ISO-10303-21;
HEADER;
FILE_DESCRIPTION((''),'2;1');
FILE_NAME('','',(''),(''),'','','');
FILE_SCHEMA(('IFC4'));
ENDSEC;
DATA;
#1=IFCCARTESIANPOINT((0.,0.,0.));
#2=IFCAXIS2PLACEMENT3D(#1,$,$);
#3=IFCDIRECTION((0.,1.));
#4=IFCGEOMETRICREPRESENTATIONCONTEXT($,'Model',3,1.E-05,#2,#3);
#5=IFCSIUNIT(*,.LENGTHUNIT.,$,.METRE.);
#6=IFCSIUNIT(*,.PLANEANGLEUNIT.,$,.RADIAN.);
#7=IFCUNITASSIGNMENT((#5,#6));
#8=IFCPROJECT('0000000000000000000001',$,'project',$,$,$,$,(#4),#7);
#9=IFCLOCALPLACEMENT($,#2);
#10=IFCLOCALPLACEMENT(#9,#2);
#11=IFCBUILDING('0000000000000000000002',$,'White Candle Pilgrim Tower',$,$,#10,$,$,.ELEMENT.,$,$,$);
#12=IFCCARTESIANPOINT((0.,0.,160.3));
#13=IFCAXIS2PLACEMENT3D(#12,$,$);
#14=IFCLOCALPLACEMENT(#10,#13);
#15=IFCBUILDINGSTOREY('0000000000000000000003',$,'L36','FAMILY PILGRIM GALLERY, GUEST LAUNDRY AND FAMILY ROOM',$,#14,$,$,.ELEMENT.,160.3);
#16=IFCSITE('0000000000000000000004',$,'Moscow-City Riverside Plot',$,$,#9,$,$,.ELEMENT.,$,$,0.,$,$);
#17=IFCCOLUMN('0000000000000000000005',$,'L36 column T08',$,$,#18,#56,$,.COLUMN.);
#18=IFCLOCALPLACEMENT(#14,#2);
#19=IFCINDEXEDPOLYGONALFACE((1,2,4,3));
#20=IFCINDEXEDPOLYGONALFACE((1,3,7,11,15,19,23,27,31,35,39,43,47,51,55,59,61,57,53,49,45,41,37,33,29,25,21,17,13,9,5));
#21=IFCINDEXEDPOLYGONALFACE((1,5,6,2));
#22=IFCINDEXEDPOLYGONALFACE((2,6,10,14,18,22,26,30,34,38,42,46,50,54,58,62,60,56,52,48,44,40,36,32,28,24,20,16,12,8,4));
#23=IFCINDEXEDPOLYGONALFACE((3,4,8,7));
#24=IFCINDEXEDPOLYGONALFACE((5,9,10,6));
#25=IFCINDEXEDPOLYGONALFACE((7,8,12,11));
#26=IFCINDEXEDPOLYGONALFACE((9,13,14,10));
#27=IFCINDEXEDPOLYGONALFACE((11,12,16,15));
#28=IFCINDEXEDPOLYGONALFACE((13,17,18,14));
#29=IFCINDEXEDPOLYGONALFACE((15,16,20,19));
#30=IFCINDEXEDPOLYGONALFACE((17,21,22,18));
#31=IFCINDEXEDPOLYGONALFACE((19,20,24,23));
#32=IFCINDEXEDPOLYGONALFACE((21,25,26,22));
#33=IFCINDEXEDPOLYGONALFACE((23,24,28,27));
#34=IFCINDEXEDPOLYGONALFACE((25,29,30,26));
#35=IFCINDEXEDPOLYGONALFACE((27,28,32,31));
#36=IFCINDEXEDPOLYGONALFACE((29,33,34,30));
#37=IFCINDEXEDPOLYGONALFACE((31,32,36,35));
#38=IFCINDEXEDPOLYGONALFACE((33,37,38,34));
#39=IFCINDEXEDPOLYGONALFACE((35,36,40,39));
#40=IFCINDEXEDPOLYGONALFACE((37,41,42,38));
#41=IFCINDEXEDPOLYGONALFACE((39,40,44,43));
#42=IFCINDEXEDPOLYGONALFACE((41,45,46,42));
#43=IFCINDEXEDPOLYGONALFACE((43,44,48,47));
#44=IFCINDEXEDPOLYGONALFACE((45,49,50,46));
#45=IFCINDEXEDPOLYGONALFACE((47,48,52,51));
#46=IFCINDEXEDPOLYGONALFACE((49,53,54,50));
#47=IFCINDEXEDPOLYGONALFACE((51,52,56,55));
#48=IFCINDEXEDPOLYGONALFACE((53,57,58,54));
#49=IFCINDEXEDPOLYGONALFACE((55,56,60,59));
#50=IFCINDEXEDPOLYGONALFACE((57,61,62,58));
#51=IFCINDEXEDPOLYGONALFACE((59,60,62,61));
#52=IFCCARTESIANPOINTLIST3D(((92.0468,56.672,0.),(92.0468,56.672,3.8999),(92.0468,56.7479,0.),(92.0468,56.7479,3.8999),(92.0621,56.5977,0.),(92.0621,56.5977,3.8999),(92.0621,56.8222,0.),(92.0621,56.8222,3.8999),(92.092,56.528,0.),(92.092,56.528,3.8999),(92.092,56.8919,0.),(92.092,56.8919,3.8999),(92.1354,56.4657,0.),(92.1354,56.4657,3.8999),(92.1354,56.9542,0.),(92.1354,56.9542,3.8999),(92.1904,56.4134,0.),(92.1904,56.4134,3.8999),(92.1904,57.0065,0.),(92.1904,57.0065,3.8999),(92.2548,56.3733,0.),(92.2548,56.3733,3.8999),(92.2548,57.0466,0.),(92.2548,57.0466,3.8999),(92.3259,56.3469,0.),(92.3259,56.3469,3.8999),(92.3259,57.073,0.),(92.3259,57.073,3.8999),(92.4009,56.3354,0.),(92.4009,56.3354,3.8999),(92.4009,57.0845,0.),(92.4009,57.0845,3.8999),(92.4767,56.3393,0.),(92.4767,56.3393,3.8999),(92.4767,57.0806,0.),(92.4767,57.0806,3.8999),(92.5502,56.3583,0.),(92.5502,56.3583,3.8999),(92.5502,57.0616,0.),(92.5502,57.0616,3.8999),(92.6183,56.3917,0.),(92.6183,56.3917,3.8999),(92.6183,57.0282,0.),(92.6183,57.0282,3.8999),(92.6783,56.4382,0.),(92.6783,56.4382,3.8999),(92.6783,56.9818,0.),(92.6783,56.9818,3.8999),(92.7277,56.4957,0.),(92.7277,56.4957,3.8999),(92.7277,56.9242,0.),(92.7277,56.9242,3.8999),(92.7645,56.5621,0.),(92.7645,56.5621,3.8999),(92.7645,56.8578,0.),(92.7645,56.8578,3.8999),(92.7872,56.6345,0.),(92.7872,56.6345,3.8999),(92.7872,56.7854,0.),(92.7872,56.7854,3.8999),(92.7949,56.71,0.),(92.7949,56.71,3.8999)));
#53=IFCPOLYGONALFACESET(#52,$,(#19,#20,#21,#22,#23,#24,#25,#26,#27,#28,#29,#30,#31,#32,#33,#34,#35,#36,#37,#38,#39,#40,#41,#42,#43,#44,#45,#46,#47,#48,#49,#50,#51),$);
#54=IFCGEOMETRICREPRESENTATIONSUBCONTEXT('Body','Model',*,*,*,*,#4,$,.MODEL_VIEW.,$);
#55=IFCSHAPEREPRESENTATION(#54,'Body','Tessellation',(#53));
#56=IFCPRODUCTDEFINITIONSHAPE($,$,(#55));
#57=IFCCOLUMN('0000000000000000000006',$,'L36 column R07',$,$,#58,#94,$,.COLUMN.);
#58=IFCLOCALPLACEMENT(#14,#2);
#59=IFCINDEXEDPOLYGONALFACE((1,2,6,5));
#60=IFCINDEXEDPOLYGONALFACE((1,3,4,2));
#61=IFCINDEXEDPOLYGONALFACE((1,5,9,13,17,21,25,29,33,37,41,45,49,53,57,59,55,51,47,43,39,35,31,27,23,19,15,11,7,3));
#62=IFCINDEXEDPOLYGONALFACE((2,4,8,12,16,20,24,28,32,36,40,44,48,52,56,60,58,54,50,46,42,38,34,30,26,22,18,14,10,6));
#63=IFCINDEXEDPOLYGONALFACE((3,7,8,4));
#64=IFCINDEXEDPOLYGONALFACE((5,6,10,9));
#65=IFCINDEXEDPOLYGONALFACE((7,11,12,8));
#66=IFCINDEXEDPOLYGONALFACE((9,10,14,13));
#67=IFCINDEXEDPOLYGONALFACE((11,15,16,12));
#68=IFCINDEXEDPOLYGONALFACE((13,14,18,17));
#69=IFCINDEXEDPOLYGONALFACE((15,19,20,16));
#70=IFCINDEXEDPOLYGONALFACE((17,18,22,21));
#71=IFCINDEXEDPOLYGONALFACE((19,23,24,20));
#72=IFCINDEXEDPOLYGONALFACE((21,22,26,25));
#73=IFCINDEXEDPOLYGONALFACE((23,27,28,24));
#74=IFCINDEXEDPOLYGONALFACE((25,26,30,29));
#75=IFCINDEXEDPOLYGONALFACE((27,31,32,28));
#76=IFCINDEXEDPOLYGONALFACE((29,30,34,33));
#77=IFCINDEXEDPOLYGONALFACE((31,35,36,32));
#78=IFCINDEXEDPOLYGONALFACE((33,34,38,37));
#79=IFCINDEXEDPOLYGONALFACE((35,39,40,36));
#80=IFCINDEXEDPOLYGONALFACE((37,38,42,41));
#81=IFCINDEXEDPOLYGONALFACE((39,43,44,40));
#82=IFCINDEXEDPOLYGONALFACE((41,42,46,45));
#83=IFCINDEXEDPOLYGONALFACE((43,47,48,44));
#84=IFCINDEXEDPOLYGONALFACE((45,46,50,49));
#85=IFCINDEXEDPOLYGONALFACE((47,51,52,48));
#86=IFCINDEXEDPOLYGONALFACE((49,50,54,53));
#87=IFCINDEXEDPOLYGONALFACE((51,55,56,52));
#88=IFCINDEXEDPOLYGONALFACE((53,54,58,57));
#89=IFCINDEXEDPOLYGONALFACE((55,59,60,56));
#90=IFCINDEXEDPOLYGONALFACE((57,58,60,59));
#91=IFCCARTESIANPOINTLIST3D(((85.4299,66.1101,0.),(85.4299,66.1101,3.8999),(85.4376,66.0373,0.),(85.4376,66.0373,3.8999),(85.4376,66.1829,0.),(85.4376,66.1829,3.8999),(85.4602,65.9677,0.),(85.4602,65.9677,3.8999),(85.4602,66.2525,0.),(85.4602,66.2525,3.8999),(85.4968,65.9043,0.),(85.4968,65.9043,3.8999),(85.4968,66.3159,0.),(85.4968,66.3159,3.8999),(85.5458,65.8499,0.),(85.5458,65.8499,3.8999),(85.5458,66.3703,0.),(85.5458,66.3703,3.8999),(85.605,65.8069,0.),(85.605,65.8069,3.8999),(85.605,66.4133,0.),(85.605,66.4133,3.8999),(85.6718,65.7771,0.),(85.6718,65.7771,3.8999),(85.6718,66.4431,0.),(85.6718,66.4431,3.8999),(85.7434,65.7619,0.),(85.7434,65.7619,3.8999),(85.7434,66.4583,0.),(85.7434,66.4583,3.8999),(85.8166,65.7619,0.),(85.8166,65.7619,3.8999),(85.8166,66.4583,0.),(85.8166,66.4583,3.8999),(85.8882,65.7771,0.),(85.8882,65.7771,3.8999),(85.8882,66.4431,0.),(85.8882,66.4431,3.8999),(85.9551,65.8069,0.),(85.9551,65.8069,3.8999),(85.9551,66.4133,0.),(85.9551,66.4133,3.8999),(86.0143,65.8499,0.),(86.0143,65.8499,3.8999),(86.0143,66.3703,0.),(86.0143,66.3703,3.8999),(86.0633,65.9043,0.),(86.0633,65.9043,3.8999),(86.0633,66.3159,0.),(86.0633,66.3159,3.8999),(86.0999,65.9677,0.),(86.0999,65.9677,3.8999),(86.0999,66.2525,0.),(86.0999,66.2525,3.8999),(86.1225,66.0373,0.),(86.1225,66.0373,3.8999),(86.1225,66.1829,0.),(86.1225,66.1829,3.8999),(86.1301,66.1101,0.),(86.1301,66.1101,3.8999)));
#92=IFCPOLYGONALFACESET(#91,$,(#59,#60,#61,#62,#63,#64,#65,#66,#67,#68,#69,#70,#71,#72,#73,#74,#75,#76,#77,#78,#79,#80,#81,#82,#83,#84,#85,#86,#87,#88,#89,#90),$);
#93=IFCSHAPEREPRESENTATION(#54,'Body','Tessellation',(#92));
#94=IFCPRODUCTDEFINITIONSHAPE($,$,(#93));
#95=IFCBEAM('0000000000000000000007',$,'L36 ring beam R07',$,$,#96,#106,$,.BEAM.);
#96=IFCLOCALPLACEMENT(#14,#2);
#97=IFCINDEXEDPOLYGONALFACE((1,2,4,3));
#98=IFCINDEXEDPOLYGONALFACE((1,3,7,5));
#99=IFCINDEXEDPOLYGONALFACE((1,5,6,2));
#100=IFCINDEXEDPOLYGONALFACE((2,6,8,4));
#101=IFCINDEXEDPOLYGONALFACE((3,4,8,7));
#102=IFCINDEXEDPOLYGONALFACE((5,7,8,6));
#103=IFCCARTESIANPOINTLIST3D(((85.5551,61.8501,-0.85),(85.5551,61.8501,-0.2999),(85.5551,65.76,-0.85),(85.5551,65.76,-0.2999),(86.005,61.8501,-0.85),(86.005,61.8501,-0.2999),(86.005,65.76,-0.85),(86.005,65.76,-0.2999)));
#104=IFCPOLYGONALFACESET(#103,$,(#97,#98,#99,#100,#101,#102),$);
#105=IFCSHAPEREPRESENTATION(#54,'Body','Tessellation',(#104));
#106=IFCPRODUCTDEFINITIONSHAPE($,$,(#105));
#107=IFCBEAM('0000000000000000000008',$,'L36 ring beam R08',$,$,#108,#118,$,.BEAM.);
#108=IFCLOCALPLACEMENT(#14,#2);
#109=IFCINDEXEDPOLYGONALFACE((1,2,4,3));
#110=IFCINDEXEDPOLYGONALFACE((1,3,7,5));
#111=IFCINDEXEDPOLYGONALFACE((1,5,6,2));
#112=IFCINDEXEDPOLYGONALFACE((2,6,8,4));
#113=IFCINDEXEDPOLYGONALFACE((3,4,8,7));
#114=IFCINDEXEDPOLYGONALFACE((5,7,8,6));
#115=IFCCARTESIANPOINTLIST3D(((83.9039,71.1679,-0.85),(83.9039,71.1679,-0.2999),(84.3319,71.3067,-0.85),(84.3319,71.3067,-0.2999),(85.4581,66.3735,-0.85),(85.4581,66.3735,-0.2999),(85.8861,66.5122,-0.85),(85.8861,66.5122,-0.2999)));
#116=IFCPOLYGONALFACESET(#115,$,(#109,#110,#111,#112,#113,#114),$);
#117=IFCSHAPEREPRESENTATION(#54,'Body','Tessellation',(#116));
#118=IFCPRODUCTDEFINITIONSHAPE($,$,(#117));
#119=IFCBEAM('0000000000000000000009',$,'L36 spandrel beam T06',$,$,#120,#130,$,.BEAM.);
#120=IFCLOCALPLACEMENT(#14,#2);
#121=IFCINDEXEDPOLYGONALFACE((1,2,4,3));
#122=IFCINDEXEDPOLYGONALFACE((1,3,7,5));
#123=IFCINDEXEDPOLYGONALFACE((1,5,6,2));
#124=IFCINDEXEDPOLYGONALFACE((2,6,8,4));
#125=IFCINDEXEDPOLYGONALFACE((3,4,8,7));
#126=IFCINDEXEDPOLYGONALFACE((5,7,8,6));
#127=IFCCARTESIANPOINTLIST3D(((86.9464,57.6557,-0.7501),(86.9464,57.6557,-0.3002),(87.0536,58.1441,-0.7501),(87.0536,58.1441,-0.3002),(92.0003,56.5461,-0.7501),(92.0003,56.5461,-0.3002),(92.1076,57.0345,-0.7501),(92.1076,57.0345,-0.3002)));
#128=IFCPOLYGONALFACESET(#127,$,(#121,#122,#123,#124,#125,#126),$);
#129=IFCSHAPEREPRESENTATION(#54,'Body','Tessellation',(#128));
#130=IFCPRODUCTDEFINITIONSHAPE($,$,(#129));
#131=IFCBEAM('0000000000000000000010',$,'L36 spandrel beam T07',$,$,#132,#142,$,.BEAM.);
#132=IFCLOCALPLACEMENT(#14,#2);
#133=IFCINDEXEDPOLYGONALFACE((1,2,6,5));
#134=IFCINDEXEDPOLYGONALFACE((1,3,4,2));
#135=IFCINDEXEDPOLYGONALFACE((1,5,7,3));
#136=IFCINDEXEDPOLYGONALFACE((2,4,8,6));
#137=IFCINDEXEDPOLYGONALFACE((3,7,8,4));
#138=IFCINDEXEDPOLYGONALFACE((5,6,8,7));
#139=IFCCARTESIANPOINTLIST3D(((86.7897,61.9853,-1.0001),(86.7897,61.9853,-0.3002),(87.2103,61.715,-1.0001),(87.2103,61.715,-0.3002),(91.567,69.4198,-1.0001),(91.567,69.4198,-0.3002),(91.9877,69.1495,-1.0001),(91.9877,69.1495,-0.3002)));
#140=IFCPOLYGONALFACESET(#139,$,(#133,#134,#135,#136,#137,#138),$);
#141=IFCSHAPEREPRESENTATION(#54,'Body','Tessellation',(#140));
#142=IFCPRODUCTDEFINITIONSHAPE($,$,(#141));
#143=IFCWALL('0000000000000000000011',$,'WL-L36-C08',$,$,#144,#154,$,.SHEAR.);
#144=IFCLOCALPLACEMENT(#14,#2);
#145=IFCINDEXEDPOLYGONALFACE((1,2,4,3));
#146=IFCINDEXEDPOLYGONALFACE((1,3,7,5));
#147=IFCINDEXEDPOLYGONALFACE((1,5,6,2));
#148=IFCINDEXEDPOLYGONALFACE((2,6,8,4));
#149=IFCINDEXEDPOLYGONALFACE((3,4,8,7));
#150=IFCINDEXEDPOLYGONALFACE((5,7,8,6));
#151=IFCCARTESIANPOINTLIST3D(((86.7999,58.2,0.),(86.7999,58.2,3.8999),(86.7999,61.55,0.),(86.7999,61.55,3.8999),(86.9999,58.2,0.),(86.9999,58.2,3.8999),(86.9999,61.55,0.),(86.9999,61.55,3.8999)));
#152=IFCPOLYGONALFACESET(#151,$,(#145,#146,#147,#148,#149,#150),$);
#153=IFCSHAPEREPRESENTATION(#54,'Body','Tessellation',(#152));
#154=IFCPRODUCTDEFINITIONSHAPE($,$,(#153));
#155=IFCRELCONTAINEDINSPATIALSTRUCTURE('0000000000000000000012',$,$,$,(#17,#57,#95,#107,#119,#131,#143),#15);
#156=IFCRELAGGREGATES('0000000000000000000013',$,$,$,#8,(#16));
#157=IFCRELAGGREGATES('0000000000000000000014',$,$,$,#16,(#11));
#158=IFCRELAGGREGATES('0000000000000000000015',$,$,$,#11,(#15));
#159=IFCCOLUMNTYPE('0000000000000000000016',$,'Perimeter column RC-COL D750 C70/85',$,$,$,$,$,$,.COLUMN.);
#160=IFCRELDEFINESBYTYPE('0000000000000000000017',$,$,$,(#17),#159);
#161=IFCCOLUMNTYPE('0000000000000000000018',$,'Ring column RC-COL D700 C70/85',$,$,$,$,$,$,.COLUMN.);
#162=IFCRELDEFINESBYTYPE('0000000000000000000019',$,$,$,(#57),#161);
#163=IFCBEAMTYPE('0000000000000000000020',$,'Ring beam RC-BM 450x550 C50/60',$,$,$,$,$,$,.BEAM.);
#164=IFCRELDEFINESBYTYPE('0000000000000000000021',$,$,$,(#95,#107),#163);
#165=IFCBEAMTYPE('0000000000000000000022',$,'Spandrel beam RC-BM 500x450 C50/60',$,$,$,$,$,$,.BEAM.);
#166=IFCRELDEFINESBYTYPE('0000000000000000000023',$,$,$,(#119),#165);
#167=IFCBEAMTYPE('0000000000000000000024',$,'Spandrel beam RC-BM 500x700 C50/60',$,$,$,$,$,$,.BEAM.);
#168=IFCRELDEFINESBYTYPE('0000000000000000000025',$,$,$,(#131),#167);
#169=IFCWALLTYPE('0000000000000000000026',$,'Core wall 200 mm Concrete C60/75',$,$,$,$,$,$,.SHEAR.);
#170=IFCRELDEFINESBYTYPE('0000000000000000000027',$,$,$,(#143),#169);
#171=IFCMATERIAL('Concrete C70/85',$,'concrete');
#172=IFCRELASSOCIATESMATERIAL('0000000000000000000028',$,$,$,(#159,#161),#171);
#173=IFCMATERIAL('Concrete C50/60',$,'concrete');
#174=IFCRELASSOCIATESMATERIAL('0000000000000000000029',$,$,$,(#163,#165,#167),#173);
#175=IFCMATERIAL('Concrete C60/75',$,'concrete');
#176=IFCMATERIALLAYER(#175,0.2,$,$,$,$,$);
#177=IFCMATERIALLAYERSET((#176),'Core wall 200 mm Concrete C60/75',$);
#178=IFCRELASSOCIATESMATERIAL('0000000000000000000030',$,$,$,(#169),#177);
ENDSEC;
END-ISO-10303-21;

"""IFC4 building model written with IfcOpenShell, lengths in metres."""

from ifc_helpers import new_model, si_unit, direction, frame, frame_2d, origin, origin_2d, place, context, subcontext, project, spatial, rectangle, circle, extrude, material, layer, layer_set, material_profile, profile_set, type_object, element, save


model = new_model("IFC4")

# Units and contexts
model_context = context("Model", 3, precision=1e-05, world=origin(), true_north=direction((0.0, 1.0)))
body_context = subcontext(model_context, "Body", "Model", "MODEL_VIEW")
ifc_project = project(units=[si_unit("LENGTHUNIT", "METRE"), si_unit("PLANEANGLEUNIT", "RADIAN")], contexts=[model_context])

# Site, building, storey
site_placement = place(None, origin())
site = spatial("IfcSite", under=ifc_project, at=site_placement, Name="Moscow-City Riverside Plot", CompositionType="ELEMENT", RefElevation=0.0)
building_placement = place(site_placement, origin())
building = spatial("IfcBuilding", under=site, at=building_placement, Name="White Candle Pilgrim Tower", CompositionType="ELEMENT")
storey_placement = place(building_placement, frame((0.0, 0.0, 160.3)))
storey = spatial("IfcBuildingStorey", under=building, at=storey_placement, Name="L36", Description="FAMILY PILGRIM GALLERY, GUEST LAUNDRY AND FAMILY ROOM", CompositionType="ELEMENT", Elevation=160.3)

# Columns
ifc_material_1 = material(Name="Concrete C70/85", Category="concrete")
ifc_material_profile_1 = material_profile(ifc_material_1, circle(Radius=0.375, at=origin_2d()), Name="RC-COL D750")
ifc_profile_set_1 = profile_set([ifc_material_profile_1], Name="Concrete C70/85")
column_type_1 = type_object("IfcColumnType", Name="Perimeter column RC-COL D750 C70/85", PredefinedType="COLUMN", material=ifc_profile_set_1)
column_1_placement = place(storey_placement, frame((92.4199, 56.71, 0.0), z_axis=(0.0, 0.0, 1.0), x_axis=(1.0, 0.0, 0.0)))
element("IfcColumn", 1, at=column_1_placement, inside=storey, type_object=column_type_1, Name="L36 column T08", PredefinedType="COLUMN", context=body_context, shape_type="SweptSolid", body=[
    extrude(circle(Radius=0.375, at=origin_2d()), origin(), (0.0, 0.0, 1.0), 3.8999),
])
ifc_material_profile_2 = material_profile(ifc_material_1, circle(Radius=0.3501, at=origin_2d()), Name="RC-COL D700")
ifc_profile_set_2 = profile_set([ifc_material_profile_2], Name="Concrete C70/85")
column_type_2 = type_object("IfcColumnType", Name="Ring column RC-COL D700 C70/85", PredefinedType="COLUMN", material=ifc_profile_set_2)
column_2_placement = place(storey_placement, frame((85.78, 66.1101, 0.0), z_axis=(0.0, 0.0, 1.0), x_axis=(1.0, 0.0, 0.0)))
element("IfcColumn", 2, at=column_2_placement, inside=storey, type_object=column_type_2, Name="L36 column R07", PredefinedType="COLUMN", context=body_context, shape_type="SweptSolid", body=[
    extrude(circle(Radius=0.3501, at=origin_2d()), origin(), (0.0, 0.0, 1.0), 3.8999),
])

# Beams
ifc_material_2 = material(Name="Concrete C50/60", Category="concrete")
ifc_material_profile_3 = material_profile(ifc_material_2, rectangle(XDim=0.45, YDim=0.55, at=origin_2d()), Name="RC-BM 450x550")
ifc_profile_set_3 = profile_set([ifc_material_profile_3], Name="Concrete C50/60")
beam_type_1 = type_object("IfcBeamType", Name="Ring beam RC-BM 450x550 C50/60", PredefinedType="BEAM", material=ifc_profile_set_3)
beam_1_placement = place(storey_placement, frame((85.78, 65.76, -0.575), z_axis=(0.0, -1.0, 0.0), x_axis=(1.0, 0.0, 0.0)))
element("IfcBeam", 3, at=beam_1_placement, inside=storey, type_object=beam_type_1, Name="L36 ring beam R07", PredefinedType="BEAM", context=body_context, shape_type="SweptSolid", body=[
    extrude(rectangle(XDim=0.45, YDim=0.55, at=origin_2d()), origin(), (0.0, 0.0, 1.0), 3.9099),
])
beam_2_placement = place(storey_placement, frame((85.6721, 66.4429, -0.575), z_axis=(-0.30837, 0.951267, 0.0), x_axis=(-0.951267, -0.30837, 0.0)))
element("IfcBeam", 4, at=beam_2_placement, inside=storey, type_object=beam_type_1, Name="L36 ring beam R08", PredefinedType="BEAM", context=body_context, shape_type="SweptSolid", body=[
    extrude(rectangle(XDim=0.45, YDim=0.55, at=origin_2d()), origin(), (0.0, 0.0, 1.0), 5.04),
])
ifc_material_profile_4 = material_profile(ifc_material_2, rectangle(XDim=0.5, YDim=0.45, at=origin_2d()), Name="RC-BM 500x450")
ifc_profile_set_4 = profile_set([ifc_material_profile_4], Name="Concrete C50/60")
beam_type_2 = type_object("IfcBeamType", Name="Spandrel beam RC-BM 500x450 C50/60", PredefinedType="BEAM", material=ifc_profile_set_4)
beam_3_placement = place(storey_placement, frame((92.054, 56.7903, -0.5251), z_axis=(-0.976736, 0.214447, 0.0), x_axis=(-0.214447, -0.976736, 0.0)))
element("IfcBeam", 5, at=beam_3_placement, inside=storey, type_object=beam_type_2, Name="L36 spandrel beam T06", PredefinedType="BEAM", context=body_context, shape_type="SweptSolid", body=[
    extrude(rectangle(XDim=0.5, YDim=0.45, at=origin_2d()), origin(), (0.0, 0.0, 1.0), 5.1743),
])
ifc_material_profile_5 = material_profile(ifc_material_2, rectangle(XDim=0.5, YDim=0.7, at=origin_2d()), Name="RC-BM 500x700")
ifc_profile_set_5 = profile_set([ifc_material_profile_5], Name="Concrete C50/60")
beam_type_3 = type_object("IfcBeamType", Name="Spandrel beam RC-BM 500x700 C50/60", PredefinedType="BEAM", material=ifc_profile_set_5)
beam_4_placement = place(storey_placement, frame((91.7773, 69.2847, -0.6501), z_axis=(-0.540596, -0.841283, 0.0), x_axis=(0.841283, -0.540596, 0.0)))
element("IfcBeam", 6, at=beam_4_placement, inside=storey, type_object=beam_type_3, Name="L36 spandrel beam T07", PredefinedType="BEAM", context=body_context, shape_type="SweptSolid", body=[
    extrude(rectangle(XDim=0.5, YDim=0.7, at=origin_2d()), origin(), (0.0, 0.0, 1.0), 8.8372),
])

# Wall
ifc_material_3 = material(Name="Concrete C60/75", Category="concrete")
ifc_layer_1 = layer(ifc_material_3, 0.2)
ifc_layer_set_1 = layer_set([ifc_layer_1], Name="Core wall 200 mm Concrete C60/75")
wall_type_1 = type_object("IfcWallType", Name="Core wall 200 mm Concrete C60/75", PredefinedType="SHEAR", material=ifc_layer_set_1)
wall_1_placement = place(storey_placement, frame((86.8999, 58.2, 0.0), z_axis=(0.0, 0.0, 1.0), x_axis=(0.0, 1.0, 0.0)))
element("IfcWall", 7, at=wall_1_placement, inside=storey, type_object=wall_type_1, Name="WL-L36-C08", PredefinedType="SHEAR", context=body_context, shape_type="SweptSolid", body=[
    extrude(rectangle(XDim=3.3501, YDim=0.2, at=frame_2d((1.675, 0.0))), origin(), (0.0, 0.0, 1.0), 3.8999),
])

save(model, "model.ifc")
